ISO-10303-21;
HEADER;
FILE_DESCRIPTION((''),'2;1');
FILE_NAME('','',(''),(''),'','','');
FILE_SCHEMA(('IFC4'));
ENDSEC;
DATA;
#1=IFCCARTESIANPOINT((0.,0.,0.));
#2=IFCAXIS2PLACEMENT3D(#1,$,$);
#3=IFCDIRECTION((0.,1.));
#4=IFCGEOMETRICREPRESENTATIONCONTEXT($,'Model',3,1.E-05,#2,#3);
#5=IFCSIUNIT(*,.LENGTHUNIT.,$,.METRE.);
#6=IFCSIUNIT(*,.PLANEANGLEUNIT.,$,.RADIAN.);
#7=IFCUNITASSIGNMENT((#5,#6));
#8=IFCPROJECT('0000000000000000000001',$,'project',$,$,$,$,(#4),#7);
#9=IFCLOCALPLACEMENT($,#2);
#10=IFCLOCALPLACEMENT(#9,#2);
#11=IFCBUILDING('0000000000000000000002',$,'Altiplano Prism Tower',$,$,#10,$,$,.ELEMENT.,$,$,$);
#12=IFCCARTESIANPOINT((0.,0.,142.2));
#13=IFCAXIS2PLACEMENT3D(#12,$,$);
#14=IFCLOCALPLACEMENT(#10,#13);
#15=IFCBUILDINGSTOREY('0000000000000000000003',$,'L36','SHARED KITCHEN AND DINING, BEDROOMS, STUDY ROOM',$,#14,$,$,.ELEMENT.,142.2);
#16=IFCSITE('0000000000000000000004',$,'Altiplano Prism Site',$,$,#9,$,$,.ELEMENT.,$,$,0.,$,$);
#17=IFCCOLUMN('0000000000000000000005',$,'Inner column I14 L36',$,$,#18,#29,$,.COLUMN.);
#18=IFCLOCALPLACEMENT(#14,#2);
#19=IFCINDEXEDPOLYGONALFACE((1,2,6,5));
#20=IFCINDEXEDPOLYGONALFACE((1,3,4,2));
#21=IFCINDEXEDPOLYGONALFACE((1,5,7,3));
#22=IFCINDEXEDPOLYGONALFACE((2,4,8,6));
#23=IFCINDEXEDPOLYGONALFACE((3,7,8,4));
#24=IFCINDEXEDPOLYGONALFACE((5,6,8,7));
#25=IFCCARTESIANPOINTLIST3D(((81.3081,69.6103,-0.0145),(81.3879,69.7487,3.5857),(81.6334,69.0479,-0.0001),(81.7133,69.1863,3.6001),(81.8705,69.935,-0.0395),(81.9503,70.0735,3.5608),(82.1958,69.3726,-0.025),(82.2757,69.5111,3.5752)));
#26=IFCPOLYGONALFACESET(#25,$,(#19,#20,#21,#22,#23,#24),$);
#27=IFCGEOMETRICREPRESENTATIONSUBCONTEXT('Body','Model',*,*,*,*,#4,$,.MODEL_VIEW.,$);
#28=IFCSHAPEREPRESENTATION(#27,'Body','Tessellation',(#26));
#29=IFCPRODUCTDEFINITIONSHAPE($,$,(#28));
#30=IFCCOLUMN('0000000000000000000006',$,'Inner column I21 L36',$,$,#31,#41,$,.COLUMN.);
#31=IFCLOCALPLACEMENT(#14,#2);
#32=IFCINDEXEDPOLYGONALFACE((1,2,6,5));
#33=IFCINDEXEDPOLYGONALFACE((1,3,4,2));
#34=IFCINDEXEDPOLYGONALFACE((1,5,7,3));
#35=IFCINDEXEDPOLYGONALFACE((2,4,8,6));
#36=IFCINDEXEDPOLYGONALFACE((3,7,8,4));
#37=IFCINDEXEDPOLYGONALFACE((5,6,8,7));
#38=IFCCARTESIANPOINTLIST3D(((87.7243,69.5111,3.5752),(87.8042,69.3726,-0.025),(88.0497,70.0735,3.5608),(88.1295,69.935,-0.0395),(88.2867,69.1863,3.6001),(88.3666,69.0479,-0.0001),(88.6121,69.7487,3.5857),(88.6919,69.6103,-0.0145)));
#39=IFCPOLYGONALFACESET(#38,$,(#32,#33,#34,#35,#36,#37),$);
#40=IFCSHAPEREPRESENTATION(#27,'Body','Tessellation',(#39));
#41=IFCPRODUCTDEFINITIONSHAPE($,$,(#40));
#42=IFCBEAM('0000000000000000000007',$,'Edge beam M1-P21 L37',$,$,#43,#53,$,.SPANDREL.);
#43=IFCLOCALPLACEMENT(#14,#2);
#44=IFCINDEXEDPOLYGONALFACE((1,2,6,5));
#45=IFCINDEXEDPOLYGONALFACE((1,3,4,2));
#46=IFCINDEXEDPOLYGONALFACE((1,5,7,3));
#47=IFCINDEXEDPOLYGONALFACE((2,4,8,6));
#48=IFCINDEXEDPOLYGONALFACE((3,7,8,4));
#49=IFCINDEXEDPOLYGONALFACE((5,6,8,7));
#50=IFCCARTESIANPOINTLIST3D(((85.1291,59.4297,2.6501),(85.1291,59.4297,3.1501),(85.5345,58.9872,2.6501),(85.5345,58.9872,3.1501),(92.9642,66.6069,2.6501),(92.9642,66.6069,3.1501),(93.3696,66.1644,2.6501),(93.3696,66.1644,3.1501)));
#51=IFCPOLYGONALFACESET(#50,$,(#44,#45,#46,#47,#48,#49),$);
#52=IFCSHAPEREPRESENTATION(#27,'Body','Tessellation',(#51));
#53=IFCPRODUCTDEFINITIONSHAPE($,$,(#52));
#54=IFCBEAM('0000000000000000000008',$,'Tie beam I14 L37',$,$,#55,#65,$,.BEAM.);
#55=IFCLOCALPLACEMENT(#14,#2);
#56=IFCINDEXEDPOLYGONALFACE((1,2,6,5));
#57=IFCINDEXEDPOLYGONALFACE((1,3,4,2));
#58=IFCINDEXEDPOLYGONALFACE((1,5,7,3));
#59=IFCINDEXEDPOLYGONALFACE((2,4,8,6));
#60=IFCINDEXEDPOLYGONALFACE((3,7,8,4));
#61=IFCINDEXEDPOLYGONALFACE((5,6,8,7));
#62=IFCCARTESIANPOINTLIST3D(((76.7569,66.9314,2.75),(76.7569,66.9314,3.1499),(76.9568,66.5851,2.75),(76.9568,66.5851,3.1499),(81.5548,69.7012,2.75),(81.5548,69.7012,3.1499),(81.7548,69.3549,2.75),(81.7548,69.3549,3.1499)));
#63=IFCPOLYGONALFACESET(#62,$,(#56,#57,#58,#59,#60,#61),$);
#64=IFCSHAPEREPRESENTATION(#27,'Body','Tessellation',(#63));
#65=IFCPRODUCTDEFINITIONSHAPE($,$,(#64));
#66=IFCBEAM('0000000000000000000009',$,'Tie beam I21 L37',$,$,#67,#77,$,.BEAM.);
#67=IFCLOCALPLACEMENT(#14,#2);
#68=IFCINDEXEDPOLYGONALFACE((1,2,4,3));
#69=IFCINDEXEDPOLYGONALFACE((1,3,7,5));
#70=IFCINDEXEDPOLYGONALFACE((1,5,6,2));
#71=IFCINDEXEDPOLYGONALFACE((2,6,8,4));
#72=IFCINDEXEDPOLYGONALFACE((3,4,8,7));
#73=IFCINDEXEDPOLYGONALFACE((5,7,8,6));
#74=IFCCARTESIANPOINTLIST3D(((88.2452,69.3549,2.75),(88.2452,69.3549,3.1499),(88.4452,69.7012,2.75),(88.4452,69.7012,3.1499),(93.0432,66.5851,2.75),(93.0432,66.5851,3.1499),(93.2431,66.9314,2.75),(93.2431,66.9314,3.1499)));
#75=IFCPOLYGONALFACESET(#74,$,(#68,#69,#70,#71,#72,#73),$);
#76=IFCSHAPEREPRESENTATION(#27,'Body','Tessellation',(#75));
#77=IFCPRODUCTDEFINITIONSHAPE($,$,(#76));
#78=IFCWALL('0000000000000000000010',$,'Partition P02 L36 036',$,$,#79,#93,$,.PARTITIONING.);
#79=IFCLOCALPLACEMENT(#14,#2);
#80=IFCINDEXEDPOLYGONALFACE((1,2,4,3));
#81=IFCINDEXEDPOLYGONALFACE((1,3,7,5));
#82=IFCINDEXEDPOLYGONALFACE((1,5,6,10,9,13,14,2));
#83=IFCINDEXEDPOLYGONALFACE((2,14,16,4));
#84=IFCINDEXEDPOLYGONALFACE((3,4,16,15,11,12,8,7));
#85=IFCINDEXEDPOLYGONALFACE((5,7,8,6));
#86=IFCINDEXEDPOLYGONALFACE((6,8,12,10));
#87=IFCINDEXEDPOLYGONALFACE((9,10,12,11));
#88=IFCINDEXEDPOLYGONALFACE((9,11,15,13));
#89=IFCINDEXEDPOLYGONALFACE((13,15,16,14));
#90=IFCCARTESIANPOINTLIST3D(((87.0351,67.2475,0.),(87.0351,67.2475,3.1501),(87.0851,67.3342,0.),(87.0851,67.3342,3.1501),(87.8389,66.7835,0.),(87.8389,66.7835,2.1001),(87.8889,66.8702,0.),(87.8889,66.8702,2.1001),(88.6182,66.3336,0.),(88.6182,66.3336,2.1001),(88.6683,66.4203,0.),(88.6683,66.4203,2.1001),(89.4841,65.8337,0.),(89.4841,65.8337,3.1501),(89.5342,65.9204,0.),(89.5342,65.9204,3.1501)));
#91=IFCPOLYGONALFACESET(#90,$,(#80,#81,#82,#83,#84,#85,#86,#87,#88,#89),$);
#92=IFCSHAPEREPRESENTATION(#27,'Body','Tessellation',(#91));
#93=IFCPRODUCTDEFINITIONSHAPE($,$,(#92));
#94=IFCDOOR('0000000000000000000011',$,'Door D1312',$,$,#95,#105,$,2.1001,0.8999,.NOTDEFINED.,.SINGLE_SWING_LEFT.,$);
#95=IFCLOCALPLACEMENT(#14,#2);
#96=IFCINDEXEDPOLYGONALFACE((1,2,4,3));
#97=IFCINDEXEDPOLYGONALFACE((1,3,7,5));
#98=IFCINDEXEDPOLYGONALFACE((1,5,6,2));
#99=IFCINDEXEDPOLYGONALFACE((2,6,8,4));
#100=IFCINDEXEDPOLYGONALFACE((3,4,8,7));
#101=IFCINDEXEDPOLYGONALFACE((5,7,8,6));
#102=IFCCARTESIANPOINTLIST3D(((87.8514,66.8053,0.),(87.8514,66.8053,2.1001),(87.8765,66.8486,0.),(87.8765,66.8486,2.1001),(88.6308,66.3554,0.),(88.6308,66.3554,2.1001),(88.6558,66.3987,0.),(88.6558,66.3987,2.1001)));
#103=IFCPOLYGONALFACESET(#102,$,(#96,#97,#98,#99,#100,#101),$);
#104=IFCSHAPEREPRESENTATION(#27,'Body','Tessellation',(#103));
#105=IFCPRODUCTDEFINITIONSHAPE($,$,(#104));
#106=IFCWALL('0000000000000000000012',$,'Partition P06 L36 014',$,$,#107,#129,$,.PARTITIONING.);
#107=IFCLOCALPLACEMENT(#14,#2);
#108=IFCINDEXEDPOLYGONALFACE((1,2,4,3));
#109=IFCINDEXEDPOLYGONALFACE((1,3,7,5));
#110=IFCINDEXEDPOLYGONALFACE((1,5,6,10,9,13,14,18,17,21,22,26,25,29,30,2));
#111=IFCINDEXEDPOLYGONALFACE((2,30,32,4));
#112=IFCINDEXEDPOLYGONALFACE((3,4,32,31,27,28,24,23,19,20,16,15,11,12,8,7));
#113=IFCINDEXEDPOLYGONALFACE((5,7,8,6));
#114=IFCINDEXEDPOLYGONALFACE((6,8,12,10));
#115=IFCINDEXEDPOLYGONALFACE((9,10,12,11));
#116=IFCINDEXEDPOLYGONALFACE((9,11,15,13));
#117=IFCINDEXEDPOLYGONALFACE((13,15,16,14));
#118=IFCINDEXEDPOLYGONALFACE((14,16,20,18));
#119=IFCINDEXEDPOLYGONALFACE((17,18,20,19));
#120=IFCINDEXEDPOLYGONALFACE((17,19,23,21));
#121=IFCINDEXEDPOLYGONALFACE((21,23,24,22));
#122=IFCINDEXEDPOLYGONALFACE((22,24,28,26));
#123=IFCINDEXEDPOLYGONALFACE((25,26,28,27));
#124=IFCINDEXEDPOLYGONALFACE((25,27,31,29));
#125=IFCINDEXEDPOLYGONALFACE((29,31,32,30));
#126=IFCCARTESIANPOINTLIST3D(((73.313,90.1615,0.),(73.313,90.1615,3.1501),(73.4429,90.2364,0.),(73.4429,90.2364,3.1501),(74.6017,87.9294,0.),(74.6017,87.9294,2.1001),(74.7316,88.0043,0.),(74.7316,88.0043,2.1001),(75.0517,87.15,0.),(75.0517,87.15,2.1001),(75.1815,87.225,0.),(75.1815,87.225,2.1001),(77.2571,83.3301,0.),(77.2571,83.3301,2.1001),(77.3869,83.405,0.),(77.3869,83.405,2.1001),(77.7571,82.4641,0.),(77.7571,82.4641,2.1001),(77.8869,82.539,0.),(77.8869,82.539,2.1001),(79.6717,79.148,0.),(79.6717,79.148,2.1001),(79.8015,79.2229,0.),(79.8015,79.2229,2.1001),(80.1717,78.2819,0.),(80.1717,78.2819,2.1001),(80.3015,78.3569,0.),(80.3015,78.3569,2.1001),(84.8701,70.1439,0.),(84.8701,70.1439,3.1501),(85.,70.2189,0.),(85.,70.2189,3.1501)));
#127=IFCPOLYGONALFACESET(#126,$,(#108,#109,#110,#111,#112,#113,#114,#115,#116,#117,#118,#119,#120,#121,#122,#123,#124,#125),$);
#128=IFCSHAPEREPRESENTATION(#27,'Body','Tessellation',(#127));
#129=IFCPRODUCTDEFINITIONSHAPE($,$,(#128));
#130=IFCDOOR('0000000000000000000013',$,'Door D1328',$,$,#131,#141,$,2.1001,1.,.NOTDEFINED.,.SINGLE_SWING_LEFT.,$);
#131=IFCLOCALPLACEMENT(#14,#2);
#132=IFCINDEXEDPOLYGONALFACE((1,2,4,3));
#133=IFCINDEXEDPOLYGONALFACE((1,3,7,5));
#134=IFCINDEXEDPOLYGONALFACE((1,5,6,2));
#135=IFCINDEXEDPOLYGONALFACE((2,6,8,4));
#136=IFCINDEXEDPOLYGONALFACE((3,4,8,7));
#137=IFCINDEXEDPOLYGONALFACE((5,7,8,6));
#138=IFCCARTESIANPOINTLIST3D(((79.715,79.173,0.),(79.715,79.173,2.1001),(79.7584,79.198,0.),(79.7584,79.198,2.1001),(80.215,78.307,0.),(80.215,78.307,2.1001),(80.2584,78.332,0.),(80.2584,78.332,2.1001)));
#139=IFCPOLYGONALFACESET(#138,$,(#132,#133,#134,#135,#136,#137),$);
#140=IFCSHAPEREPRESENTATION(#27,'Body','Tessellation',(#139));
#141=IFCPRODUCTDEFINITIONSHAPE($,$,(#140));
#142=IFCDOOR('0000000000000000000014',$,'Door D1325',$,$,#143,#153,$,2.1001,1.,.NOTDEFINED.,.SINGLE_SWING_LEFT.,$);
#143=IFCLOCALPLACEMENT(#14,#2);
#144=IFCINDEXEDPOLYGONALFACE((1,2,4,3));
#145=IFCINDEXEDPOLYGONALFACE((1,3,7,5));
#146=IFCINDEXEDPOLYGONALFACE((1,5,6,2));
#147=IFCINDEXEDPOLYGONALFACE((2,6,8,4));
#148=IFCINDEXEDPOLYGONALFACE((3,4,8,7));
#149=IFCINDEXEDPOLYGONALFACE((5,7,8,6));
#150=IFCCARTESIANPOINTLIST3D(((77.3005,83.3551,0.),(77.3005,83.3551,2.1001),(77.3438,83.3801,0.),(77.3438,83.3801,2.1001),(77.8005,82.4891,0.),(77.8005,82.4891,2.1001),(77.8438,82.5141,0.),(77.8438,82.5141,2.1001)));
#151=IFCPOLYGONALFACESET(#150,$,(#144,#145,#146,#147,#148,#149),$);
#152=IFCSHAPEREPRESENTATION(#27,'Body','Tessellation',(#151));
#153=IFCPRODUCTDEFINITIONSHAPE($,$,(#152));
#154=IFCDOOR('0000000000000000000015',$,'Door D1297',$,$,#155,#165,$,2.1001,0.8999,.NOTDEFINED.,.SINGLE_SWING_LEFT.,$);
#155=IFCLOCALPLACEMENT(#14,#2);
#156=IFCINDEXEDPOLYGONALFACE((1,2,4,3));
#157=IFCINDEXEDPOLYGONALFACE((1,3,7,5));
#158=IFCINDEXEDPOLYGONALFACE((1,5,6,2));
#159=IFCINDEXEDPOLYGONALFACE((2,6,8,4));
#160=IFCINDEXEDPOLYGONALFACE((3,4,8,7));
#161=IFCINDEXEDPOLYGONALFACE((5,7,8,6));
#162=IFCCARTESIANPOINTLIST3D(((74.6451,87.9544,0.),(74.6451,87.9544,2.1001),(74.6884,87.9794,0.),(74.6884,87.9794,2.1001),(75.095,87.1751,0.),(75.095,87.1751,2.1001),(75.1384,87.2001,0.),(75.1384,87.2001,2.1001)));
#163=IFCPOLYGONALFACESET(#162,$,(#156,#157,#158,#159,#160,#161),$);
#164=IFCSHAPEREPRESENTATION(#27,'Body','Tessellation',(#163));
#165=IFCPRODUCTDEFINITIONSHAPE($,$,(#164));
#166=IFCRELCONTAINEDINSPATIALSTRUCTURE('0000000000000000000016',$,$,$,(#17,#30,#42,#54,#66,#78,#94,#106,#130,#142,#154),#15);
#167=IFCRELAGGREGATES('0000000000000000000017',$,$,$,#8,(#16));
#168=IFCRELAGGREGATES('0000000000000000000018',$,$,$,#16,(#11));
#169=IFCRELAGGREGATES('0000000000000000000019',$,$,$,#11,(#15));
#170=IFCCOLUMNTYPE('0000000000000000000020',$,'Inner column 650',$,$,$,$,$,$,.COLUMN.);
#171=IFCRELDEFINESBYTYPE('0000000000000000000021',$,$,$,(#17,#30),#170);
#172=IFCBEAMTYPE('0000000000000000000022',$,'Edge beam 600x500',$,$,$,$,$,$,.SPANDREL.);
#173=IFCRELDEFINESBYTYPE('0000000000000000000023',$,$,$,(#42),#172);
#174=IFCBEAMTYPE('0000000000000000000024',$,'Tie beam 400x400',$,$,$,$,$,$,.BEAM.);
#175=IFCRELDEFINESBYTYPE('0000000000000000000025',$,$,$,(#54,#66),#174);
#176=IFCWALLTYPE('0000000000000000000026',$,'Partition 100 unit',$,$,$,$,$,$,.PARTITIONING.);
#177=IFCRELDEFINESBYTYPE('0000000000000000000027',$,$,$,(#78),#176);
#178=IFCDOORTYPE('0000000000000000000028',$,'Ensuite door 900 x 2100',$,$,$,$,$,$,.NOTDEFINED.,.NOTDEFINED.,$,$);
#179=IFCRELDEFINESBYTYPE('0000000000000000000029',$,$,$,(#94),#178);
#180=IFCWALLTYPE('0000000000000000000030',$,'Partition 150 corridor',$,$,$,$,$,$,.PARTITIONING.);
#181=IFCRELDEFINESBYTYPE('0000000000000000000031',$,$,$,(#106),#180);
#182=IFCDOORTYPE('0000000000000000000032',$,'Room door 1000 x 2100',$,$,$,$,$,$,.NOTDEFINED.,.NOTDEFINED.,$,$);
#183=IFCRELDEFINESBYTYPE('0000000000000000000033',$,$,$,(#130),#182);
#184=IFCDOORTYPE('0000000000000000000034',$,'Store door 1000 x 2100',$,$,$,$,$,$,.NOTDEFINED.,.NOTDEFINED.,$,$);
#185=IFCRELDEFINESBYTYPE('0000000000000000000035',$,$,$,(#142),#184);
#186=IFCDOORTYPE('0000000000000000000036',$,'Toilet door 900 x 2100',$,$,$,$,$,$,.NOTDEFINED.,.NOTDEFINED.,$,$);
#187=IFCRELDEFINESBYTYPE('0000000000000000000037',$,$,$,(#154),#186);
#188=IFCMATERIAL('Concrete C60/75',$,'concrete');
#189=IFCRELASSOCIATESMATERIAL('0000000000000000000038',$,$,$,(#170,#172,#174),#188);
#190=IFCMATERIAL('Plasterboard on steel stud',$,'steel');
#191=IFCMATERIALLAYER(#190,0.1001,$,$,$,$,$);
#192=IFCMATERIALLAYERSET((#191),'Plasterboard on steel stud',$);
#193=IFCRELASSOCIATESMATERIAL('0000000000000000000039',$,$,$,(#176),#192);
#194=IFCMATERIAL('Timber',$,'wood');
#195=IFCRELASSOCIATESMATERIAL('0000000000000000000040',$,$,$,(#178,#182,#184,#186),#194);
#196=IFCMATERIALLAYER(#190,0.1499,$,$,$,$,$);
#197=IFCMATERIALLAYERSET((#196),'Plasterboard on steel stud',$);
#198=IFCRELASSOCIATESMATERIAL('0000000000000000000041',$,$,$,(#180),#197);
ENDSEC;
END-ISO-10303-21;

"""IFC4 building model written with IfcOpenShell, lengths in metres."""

from ifc_helpers import new_model, si_unit, direction, frame, frame_2d, origin, origin_2d, place, context, subcontext, project, spatial, rectangle, extrude, material, layer, layer_set, material_profile, profile_set, type_object, element, fill, save


model = new_model("IFC4")

# Units and contexts
model_context = context("Model", 3, precision=1e-05, world=origin(), true_north=direction((0.0, 1.0)))
body_context = subcontext(model_context, "Body", "Model", "MODEL_VIEW")
ifc_project = project(units=[si_unit("LENGTHUNIT", "METRE"), si_unit("PLANEANGLEUNIT", "RADIAN")], contexts=[model_context])

# Site, building, storey
site_placement = place(None, origin())
site = spatial("IfcSite", under=ifc_project, at=site_placement, Name="Altiplano Prism Site", CompositionType="ELEMENT", RefElevation=0.0)
building_placement = place(site_placement, origin())
building = spatial("IfcBuilding", under=site, at=building_placement, Name="Altiplano Prism Tower", CompositionType="ELEMENT")
storey_placement = place(building_placement, frame((0.0, 0.0, 142.2)))
storey = spatial("IfcBuildingStorey", under=building, at=storey_placement, Name="L36", Description="SHARED KITCHEN AND DINING, BEDROOMS, STUDY ROOM", CompositionType="ELEMENT", Elevation=142.2)

# Columns
ifc_material_1 = material(Name="Concrete C60/75", Category="concrete")
ifc_material_profile_1 = material_profile(ifc_material_1, rectangle(XDim=0.6499, YDim=0.6499, at=origin_2d()), Name="Inner column 650")
ifc_profile_set_1 = profile_set([ifc_material_profile_1], Name="Concrete C60/75")
column_type = type_object("IfcColumnType", Name="Inner column 650", PredefinedType="COLUMN", material=ifc_profile_set_1)
for number, where, z_axis, x_axis, name in (
    (1, (81.752, 69.4915, -0.0198), (0.022154, 0.038413, 0.999016), (-0.865362, -0.499674, 0.038403), "Inner column I14 L36"),
    (2, (88.248, 69.4915, -0.0198), (-0.022154, 0.038413, 0.999016), (-0.500657, -0.865362, 0.022172), "Inner column I21 L36"),
):
    element("IfcColumn", number, at=place(storey_placement, frame(where, z_axis=z_axis, x_axis=x_axis)), inside=storey, type_object=column_type, Name=name, PredefinedType="COLUMN", context=body_context, shape_type="SweptSolid", body=[
        extrude(rectangle(XDim=0.6499, YDim=0.6499, at=origin_2d()), origin(), (0.0, 0.0, 1.0), 3.6038),
    ])

# Beams
ifc_material_profile_2 = material_profile(ifc_material_1, rectangle(XDim=0.6001, YDim=0.5, at=origin_2d()), Name="Edge beam 600x500")
ifc_profile_set_2 = profile_set([ifc_material_profile_2], Name="Concrete C60/75")
beam_type_1 = type_object("IfcBeamType", Name="Edge beam 600x500", PredefinedType="SPANDREL", material=ifc_profile_set_2)
beam_placement = place(storey_placement, frame((85.3318, 59.2085, 2.9001), z_axis=(0.73739, 0.675468, 0.0), x_axis=(-0.675468, 0.73739, 0.0)))
element("IfcBeam", 3, at=beam_placement, inside=storey, type_object=beam_type_1, Name="Edge beam M1-P21 L37", PredefinedType="SPANDREL", context=body_context, shape_type="SweptSolid", body=[
    extrude(rectangle(XDim=0.6001, YDim=0.5, at=origin_2d()), origin(), (0.0, 0.0, 1.0), 10.6255),
])
ifc_material_profile_3 = material_profile(ifc_material_1, rectangle(XDim=0.3999, YDim=0.3999, at=origin_2d()), Name="Tie beam 400x400")
ifc_profile_set_3 = profile_set([ifc_material_profile_3], Name="Concrete C60/75")
beam_type_2 = type_object("IfcBeamType", Name="Tie beam 400x400", PredefinedType="BEAM", material=ifc_profile_set_3)
for number, where, z_axis, x_axis, name in (
    (4, (81.6548, 69.5281, 2.95), (-0.866046, -0.499964, 0.0), (0.499964, -0.866046, 0.0), "Tie beam I14 L37"),
    (5, (88.3452, 69.5281, 2.95), (0.866046, -0.499964, 0.0), (0.499964, 0.866046, 0.0), "Tie beam I21 L37"),
):
    element("IfcBeam", number, at=place(storey_placement, frame(where, z_axis=z_axis, x_axis=x_axis)), inside=storey, type_object=beam_type_2, Name=name, PredefinedType="BEAM", context=body_context, shape_type="SweptSolid", body=[
        extrude(rectangle(XDim=0.3999, YDim=0.3999, at=origin_2d()), origin(), (0.0, 0.0, 1.0), 5.54),
    ])

# Wall, opening, door
ifc_material_2 = material(Name="Plasterboard on steel stud", Category="steel")
ifc_layer_1 = layer(ifc_material_2, 0.1001)
ifc_layer_set_1 = layer_set([ifc_layer_1], Name="Plasterboard on steel stud")
wall_type_1 = type_object("IfcWallType", Name="Partition 100 unit", PredefinedType="PARTITIONING", material=ifc_layer_set_1)
wall_1_placement = place(storey_placement, frame((89.5093, 65.877, 0.0), z_axis=(0.0, 0.0, 1.0), x_axis=(-0.86604, 0.499974, 0.0)))
wall_1 = element("IfcWall", 6, at=wall_1_placement, inside=storey, type_object=wall_type_1, Name="Partition P02 L36 036", PredefinedType="PARTITIONING", context=body_context, shape_type="SweptSolid", body=[
    extrude(rectangle(XDim=2.8279, YDim=0.1001, at=frame_2d((1.4141, 0.0))), origin(), (0.0, 0.0, 1.0), 3.1501),
])
opening_1_placement = place(wall_1_placement, frame((1.0, 0.0, 0.0)))
opening_1 = element("IfcOpeningElement", 7, at=opening_1_placement, cuts=wall_1, PredefinedType="OPENING", context=body_context, shape_type="SweptSolid", body=[
    extrude(rectangle(XDim=0.8999, YDim=2.1001, at=frame_2d((0.45, 1.05))), frame((0.0, 0.0605, 0.0), z_axis=(0.0, -1.0, 0.0), x_axis=(1.0, 0.0, 0.0)), (0.0, 0.0, 1.0), 0.1211),
])
ifc_material_3 = material(Name="Timber", Category="wood")
door_type_1 = type_object("IfcDoorType", Name="Ensuite door 900 x 2100", OperationType="NOTDEFINED", PredefinedType="NOTDEFINED", material=ifc_material_3)
door_1_placement = place(opening_1_placement, origin())
door_1 = element("IfcDoor", 8, at=door_1_placement, inside=storey, type_object=door_type_1, Name="Door D1312", OperationType="SINGLE_SWING_LEFT", OverallHeight=2.1001, OverallWidth=0.8999, PredefinedType="NOTDEFINED", context=body_context, shape_type="SweptSolid", body=[
    extrude(rectangle(XDim=0.8999, YDim=2.1001, at=frame_2d((0.45, 1.05))), frame((0.0, 0.0249, 0.0), z_axis=(0.0, -1.0, 0.0), x_axis=(1.0, 0.0, 0.0)), (0.0, 0.0, 1.0), 0.05),
])
fill(opening_1, door_1)

# Wall, openings, doors
ifc_layer_2 = layer(ifc_material_2, 0.1499)
ifc_layer_set_2 = layer_set([ifc_layer_2], Name="Plasterboard on steel stud")
wall_type_2 = type_object("IfcWallType", Name="Partition 150 corridor", PredefinedType="PARTITIONING", material=ifc_layer_set_2)
door_type_2 = type_object("IfcDoorType", Name="Room door 1000 x 2100", OperationType="NOTDEFINED", PredefinedType="NOTDEFINED", material=ifc_material_3)
wall_2_placement = place(storey_placement, frame((84.9351, 70.1814, 0.0), z_axis=(0.0, 0.0, 1.0), x_axis=(-0.499999, 0.866026, 0.0)))
wall_2 = element("IfcWall", 9, at=wall_2_placement, inside=storey, type_object=wall_type_2, Name="Partition P06 L36 014", PredefinedType="PARTITIONING", context=body_context, shape_type="SweptSolid", body=[
    extrude(rectangle(XDim=23.1143, YDim=0.1499, at=frame_2d((11.5571, 0.0))), origin(), (0.0, 0.0, 1.0), 3.1501),
])
opening_2_placement = place(wall_2_placement, frame((19.637, 0.0, 0.0)))
opening_2 = element("IfcOpeningElement", 10, at=opening_2_placement, cuts=wall_2, PredefinedType="OPENING", context=body_context, shape_type="SweptSolid", body=[
    extrude(rectangle(XDim=0.8999, YDim=2.1001, at=frame_2d((0.45, 1.05))), frame((0.0, 0.0854, 0.0), z_axis=(0.0, -1.0, 0.0), x_axis=(1.0, 0.0, 0.0)), (0.0, 0.0, 1.0), 0.1709),
])
opening_3_placement = place(wall_2_placement, frame((14.2261, 0.0, 0.0)))
opening_3 = element("IfcOpeningElement", 11, at=opening_3_placement, cuts=wall_2, PredefinedType="OPENING", context=body_context, shape_type="SweptSolid", body=[
    extrude(rectangle(XDim=1.0, YDim=2.1001, at=frame_2d((0.5, 1.05))), frame((0.0, 0.0854, 0.0), z_axis=(0.0, -1.0, 0.0), x_axis=(1.0, 0.0, 0.0)), (0.0, 0.0, 1.0), 0.1709),
])
opening_4_placement = place(wall_2_placement, frame((9.397, 0.0, 0.0)))
opening_4 = element("IfcOpeningElement", 12, at=opening_4_placement, cuts=wall_2, PredefinedType="OPENING", context=body_context, shape_type="SweptSolid", body=[
    extrude(rectangle(XDim=1.0, YDim=2.1001, at=frame_2d((0.5, 1.05))), frame((0.0, 0.0854, 0.0), z_axis=(0.0, -1.0, 0.0), x_axis=(1.0, 0.0, 0.0)), (0.0, 0.0, 1.0), 0.1709),
])
door_2_placement = place(opening_4_placement, origin())
door_2 = element("IfcDoor", 13, at=door_2_placement, inside=storey, type_object=door_type_2, Name="Door D1328", OperationType="SINGLE_SWING_LEFT", OverallHeight=2.1001, OverallWidth=1.0, PredefinedType="NOTDEFINED", context=body_context, shape_type="SweptSolid", body=[
    extrude(rectangle(XDim=1.0, YDim=2.1001, at=frame_2d((0.5, 1.05))), frame((0.0, 0.0249, 0.0), z_axis=(0.0, -1.0, 0.0), x_axis=(1.0, 0.0, 0.0)), (0.0, 0.0, 1.0), 0.05),
])
fill(opening_4, door_2)
door_type_3 = type_object("IfcDoorType", Name="Store door 1000 x 2100", OperationType="NOTDEFINED", PredefinedType="NOTDEFINED", material=ifc_material_3)
door_3_placement = place(opening_3_placement, origin())
door_3 = element("IfcDoor", 14, at=door_3_placement, inside=storey, type_object=door_type_3, Name="Door D1325", OperationType="SINGLE_SWING_LEFT", OverallHeight=2.1001, OverallWidth=1.0, PredefinedType="NOTDEFINED", context=body_context, shape_type="SweptSolid", body=[
    extrude(rectangle(XDim=1.0, YDim=2.1001, at=frame_2d((0.5, 1.05))), frame((0.0, 0.0249, 0.0), z_axis=(0.0, -1.0, 0.0), x_axis=(1.0, 0.0, 0.0)), (0.0, 0.0, 1.0), 0.05),
])
fill(opening_3, door_3)
door_type_4 = type_object("IfcDoorType", Name="Toilet door 900 x 2100", OperationType="NOTDEFINED", PredefinedType="NOTDEFINED", material=ifc_material_3)
door_4_placement = place(opening_2_placement, origin())
door_4 = element("IfcDoor", 15, at=door_4_placement, inside=storey, type_object=door_type_4, Name="Door D1297", OperationType="SINGLE_SWING_LEFT", OverallHeight=2.1001, OverallWidth=0.8999, PredefinedType="NOTDEFINED", context=body_context, shape_type="SweptSolid", body=[
    extrude(rectangle(XDim=0.8999, YDim=2.1001, at=frame_2d((0.45, 1.05))), frame((0.0, 0.0249, 0.0), z_axis=(0.0, -1.0, 0.0), x_axis=(1.0, 0.0, 0.0)), (0.0, 0.0, 1.0), 0.05),
])
fill(opening_2, door_4)

save(model, "model.ifc")
